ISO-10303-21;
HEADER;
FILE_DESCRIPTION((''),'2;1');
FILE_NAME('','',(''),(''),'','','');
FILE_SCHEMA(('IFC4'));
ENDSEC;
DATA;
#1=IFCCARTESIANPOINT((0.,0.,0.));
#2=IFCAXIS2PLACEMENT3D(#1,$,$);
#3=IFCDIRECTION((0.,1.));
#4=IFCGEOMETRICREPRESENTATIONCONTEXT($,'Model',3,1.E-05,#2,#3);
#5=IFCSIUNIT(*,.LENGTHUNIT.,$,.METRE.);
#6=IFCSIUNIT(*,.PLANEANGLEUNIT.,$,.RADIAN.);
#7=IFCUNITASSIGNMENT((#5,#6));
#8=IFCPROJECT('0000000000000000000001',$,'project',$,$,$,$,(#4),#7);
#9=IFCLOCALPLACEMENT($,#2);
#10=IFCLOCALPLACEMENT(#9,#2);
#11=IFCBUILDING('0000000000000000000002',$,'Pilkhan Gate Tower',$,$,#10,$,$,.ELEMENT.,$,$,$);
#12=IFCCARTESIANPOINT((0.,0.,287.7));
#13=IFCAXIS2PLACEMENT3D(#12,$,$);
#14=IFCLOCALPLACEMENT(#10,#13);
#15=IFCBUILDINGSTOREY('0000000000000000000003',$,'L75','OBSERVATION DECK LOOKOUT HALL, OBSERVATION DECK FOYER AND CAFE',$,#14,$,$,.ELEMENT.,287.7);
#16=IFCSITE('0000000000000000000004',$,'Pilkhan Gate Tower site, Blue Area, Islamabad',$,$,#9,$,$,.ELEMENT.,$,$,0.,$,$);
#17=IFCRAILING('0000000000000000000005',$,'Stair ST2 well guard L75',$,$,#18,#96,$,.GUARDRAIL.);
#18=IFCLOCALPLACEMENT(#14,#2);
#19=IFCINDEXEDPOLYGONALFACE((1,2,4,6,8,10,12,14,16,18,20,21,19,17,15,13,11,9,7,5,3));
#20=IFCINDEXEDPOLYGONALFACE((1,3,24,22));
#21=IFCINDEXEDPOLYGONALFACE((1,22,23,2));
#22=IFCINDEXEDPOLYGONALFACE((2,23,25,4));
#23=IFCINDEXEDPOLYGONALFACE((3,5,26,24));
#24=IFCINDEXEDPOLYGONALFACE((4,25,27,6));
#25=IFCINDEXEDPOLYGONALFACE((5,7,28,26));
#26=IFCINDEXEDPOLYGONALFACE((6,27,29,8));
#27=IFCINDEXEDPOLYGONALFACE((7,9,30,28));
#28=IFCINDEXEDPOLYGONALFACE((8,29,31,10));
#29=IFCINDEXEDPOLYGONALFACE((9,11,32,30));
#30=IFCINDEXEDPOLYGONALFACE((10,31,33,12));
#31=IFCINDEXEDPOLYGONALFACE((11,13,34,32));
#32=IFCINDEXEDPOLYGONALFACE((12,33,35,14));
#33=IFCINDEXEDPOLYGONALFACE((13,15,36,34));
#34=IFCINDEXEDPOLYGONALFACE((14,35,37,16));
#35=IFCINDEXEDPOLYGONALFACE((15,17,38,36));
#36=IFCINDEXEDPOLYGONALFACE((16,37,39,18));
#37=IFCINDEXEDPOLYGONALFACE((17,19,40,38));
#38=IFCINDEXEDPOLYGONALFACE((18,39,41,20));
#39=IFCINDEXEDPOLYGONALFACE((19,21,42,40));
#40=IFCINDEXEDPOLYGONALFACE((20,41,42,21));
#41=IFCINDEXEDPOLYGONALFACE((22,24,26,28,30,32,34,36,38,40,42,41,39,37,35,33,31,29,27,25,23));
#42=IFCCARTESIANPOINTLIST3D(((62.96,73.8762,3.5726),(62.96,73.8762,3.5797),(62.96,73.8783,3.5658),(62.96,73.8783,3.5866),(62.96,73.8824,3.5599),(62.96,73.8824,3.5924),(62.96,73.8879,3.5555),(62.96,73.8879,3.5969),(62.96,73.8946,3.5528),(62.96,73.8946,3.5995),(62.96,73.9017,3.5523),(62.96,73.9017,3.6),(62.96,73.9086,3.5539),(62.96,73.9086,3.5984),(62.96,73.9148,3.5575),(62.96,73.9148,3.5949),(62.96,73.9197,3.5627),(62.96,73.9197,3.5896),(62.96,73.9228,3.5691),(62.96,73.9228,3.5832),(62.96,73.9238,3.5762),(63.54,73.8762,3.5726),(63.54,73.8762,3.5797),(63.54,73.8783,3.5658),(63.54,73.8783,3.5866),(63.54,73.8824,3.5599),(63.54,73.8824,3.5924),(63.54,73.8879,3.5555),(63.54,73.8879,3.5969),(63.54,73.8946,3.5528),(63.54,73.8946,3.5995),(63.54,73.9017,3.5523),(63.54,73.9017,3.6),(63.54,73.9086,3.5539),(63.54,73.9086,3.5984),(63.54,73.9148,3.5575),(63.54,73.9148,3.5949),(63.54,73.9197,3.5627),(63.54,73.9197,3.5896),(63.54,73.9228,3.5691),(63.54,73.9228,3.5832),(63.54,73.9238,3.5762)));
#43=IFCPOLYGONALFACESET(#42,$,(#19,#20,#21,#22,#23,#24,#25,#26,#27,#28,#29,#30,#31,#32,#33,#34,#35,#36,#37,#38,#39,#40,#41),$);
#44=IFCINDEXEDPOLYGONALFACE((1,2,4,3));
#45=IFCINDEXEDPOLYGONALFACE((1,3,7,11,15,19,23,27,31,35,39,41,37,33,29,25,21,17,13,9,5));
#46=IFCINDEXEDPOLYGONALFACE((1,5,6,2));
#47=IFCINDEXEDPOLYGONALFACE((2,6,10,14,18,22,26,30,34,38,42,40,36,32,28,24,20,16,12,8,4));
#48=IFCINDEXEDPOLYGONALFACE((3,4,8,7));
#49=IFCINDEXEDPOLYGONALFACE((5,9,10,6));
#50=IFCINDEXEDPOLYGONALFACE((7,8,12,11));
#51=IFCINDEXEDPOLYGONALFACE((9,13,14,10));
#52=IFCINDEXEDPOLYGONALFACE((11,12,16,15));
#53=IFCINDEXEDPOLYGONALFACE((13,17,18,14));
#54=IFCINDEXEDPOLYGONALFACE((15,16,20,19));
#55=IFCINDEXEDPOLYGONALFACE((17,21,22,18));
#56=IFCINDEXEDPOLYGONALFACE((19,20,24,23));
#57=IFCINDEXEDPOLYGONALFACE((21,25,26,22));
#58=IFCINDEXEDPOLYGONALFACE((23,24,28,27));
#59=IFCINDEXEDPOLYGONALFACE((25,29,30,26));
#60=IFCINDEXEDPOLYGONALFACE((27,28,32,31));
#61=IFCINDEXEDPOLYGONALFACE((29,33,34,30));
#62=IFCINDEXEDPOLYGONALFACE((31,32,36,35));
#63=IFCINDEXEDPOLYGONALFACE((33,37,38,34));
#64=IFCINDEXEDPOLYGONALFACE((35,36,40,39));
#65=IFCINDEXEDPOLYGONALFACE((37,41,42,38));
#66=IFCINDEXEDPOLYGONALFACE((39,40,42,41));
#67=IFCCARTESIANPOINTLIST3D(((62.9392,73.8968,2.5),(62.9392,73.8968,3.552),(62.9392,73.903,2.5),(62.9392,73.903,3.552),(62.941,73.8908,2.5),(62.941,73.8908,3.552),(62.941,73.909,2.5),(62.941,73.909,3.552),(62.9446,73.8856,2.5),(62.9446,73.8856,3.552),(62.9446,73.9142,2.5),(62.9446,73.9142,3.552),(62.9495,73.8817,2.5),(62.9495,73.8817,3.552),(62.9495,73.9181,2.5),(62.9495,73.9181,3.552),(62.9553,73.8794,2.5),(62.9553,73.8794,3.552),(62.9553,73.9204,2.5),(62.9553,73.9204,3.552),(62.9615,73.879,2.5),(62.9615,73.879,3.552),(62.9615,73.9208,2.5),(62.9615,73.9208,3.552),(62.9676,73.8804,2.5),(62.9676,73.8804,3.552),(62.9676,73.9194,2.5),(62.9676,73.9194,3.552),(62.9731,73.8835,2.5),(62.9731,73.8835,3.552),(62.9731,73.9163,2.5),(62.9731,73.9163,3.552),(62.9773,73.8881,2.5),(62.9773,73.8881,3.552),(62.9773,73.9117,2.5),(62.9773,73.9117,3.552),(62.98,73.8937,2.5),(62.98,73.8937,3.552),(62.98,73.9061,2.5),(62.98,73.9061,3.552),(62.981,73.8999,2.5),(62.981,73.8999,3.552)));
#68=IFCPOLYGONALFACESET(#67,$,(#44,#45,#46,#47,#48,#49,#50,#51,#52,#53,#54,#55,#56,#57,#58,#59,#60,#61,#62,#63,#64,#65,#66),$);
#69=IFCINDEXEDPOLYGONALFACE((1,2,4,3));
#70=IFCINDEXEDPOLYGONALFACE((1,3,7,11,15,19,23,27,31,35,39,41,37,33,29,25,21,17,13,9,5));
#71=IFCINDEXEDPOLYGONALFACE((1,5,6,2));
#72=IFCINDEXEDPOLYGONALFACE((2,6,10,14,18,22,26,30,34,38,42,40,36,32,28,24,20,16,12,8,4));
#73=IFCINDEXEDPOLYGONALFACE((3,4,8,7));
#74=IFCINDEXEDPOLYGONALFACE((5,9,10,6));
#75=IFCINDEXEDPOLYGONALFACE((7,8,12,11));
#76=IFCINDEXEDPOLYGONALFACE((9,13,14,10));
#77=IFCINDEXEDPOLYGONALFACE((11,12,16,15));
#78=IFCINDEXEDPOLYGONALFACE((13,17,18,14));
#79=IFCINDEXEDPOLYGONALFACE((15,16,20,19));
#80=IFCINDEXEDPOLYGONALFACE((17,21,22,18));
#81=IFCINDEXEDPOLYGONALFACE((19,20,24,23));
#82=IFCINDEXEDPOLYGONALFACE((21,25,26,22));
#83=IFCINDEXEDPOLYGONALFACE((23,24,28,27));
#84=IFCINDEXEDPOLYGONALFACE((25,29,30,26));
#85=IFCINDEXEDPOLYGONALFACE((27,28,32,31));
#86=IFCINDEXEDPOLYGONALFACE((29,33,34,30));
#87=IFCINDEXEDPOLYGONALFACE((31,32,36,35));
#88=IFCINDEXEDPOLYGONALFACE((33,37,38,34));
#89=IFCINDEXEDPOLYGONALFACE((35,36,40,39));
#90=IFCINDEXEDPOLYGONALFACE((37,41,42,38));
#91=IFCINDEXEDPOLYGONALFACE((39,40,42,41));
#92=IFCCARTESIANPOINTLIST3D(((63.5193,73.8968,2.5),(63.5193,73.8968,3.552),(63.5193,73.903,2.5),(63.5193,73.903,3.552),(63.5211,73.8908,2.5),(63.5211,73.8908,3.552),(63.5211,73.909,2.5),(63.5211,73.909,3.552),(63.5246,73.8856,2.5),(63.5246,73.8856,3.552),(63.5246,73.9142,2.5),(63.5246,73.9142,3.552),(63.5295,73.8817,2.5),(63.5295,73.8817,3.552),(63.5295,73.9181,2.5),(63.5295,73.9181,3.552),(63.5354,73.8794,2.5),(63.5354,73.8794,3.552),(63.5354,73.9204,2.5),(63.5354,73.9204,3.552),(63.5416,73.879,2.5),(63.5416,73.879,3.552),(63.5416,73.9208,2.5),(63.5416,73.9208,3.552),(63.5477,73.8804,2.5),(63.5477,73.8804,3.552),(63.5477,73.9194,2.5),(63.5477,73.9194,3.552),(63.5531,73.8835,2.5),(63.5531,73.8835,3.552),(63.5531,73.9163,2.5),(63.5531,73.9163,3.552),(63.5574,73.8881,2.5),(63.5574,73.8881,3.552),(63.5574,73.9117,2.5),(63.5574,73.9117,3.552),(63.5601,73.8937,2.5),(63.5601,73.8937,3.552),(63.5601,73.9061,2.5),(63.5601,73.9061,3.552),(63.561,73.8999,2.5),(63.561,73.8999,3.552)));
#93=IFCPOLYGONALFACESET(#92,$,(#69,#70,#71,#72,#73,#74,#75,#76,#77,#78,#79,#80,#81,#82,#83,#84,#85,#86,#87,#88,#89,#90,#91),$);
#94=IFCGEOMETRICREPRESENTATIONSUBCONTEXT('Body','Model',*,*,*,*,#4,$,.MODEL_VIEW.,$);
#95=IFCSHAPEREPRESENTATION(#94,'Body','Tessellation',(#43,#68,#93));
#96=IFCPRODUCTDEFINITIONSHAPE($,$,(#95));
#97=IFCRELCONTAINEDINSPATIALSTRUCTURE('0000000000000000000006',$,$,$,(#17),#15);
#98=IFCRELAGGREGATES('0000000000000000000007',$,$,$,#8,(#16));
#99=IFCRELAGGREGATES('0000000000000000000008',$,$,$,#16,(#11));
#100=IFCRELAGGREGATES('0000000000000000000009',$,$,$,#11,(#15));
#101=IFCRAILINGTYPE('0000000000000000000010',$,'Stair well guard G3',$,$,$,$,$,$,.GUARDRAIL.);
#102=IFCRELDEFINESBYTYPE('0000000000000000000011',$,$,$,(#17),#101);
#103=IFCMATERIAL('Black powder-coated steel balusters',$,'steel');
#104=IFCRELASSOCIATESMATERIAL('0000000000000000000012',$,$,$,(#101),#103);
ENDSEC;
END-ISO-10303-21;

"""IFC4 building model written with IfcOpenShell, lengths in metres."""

from ifc_helpers import new_model, si_unit, direction, frame, origin, origin_2d, place, context, subcontext, project, spatial, circle, extrude, material, type_object, element, save


model = new_model("IFC4")

# Units and contexts
model_context = context("Model", 3, precision=1e-05, world=origin(), true_north=direction((0.0, 1.0)))
body_context = subcontext(model_context, "Body", "Model", "MODEL_VIEW")
ifc_project = project(units=[si_unit("LENGTHUNIT", "METRE"), si_unit("PLANEANGLEUNIT", "RADIAN")], contexts=[model_context])

# Site, building, storey
site_placement = place(None, origin())
site = spatial("IfcSite", under=ifc_project, at=site_placement, Name="Pilkhan Gate Tower site, Blue Area, Islamabad", CompositionType="ELEMENT", RefElevation=0.0)
building_placement = place(site_placement, origin())
building = spatial("IfcBuilding", under=site, at=building_placement, Name="Pilkhan Gate Tower", CompositionType="ELEMENT")
storey_placement = place(building_placement, frame((0.0, 0.0, 287.7)))
storey = spatial("IfcBuildingStorey", under=building, at=storey_placement, Name="L75", Description="OBSERVATION DECK LOOKOUT HALL, OBSERVATION DECK FOYER AND CAFE", CompositionType="ELEMENT", Elevation=287.7)

# Railing
ifc_material_1 = material(Name="Black powder-coated steel balusters", Category="steel")
railing_type_1 = type_object("IfcRailingType", Name="Stair well guard G3", PredefinedType="GUARDRAIL", material=ifc_material_1)
for number, where, name in (
    (1, (62.96, 73.8999, 2.5), "Stair ST2 well guard L75"),
):
    element("IfcRailing", number, at=place(storey_placement, frame(where)), inside=storey, type_object=railing_type_1, Name=name, PredefinedType="GUARDRAIL", context=body_context, shape_type="SweptSolid", body=[
        extrude(circle(Radius=0.0239, at=origin_2d()), frame((0.0, 0.0, 1.0762), z_axis=(1.0, 0.0, 0.0), x_axis=(0.0, 1.0, 0.0)), (0.0, 0.0, 1.0), 0.5801),
        extrude(circle(Radius=0.021, at=origin_2d()), origin(), (0.0, 0.0, 1.0), 1.052),
        extrude(circle(Radius=0.021, at=origin_2d()), frame((0.5801, 0.0, 0.0)), (0.0, 0.0, 1.0), 1.052),
    ])

save(model, "model.ifc")
